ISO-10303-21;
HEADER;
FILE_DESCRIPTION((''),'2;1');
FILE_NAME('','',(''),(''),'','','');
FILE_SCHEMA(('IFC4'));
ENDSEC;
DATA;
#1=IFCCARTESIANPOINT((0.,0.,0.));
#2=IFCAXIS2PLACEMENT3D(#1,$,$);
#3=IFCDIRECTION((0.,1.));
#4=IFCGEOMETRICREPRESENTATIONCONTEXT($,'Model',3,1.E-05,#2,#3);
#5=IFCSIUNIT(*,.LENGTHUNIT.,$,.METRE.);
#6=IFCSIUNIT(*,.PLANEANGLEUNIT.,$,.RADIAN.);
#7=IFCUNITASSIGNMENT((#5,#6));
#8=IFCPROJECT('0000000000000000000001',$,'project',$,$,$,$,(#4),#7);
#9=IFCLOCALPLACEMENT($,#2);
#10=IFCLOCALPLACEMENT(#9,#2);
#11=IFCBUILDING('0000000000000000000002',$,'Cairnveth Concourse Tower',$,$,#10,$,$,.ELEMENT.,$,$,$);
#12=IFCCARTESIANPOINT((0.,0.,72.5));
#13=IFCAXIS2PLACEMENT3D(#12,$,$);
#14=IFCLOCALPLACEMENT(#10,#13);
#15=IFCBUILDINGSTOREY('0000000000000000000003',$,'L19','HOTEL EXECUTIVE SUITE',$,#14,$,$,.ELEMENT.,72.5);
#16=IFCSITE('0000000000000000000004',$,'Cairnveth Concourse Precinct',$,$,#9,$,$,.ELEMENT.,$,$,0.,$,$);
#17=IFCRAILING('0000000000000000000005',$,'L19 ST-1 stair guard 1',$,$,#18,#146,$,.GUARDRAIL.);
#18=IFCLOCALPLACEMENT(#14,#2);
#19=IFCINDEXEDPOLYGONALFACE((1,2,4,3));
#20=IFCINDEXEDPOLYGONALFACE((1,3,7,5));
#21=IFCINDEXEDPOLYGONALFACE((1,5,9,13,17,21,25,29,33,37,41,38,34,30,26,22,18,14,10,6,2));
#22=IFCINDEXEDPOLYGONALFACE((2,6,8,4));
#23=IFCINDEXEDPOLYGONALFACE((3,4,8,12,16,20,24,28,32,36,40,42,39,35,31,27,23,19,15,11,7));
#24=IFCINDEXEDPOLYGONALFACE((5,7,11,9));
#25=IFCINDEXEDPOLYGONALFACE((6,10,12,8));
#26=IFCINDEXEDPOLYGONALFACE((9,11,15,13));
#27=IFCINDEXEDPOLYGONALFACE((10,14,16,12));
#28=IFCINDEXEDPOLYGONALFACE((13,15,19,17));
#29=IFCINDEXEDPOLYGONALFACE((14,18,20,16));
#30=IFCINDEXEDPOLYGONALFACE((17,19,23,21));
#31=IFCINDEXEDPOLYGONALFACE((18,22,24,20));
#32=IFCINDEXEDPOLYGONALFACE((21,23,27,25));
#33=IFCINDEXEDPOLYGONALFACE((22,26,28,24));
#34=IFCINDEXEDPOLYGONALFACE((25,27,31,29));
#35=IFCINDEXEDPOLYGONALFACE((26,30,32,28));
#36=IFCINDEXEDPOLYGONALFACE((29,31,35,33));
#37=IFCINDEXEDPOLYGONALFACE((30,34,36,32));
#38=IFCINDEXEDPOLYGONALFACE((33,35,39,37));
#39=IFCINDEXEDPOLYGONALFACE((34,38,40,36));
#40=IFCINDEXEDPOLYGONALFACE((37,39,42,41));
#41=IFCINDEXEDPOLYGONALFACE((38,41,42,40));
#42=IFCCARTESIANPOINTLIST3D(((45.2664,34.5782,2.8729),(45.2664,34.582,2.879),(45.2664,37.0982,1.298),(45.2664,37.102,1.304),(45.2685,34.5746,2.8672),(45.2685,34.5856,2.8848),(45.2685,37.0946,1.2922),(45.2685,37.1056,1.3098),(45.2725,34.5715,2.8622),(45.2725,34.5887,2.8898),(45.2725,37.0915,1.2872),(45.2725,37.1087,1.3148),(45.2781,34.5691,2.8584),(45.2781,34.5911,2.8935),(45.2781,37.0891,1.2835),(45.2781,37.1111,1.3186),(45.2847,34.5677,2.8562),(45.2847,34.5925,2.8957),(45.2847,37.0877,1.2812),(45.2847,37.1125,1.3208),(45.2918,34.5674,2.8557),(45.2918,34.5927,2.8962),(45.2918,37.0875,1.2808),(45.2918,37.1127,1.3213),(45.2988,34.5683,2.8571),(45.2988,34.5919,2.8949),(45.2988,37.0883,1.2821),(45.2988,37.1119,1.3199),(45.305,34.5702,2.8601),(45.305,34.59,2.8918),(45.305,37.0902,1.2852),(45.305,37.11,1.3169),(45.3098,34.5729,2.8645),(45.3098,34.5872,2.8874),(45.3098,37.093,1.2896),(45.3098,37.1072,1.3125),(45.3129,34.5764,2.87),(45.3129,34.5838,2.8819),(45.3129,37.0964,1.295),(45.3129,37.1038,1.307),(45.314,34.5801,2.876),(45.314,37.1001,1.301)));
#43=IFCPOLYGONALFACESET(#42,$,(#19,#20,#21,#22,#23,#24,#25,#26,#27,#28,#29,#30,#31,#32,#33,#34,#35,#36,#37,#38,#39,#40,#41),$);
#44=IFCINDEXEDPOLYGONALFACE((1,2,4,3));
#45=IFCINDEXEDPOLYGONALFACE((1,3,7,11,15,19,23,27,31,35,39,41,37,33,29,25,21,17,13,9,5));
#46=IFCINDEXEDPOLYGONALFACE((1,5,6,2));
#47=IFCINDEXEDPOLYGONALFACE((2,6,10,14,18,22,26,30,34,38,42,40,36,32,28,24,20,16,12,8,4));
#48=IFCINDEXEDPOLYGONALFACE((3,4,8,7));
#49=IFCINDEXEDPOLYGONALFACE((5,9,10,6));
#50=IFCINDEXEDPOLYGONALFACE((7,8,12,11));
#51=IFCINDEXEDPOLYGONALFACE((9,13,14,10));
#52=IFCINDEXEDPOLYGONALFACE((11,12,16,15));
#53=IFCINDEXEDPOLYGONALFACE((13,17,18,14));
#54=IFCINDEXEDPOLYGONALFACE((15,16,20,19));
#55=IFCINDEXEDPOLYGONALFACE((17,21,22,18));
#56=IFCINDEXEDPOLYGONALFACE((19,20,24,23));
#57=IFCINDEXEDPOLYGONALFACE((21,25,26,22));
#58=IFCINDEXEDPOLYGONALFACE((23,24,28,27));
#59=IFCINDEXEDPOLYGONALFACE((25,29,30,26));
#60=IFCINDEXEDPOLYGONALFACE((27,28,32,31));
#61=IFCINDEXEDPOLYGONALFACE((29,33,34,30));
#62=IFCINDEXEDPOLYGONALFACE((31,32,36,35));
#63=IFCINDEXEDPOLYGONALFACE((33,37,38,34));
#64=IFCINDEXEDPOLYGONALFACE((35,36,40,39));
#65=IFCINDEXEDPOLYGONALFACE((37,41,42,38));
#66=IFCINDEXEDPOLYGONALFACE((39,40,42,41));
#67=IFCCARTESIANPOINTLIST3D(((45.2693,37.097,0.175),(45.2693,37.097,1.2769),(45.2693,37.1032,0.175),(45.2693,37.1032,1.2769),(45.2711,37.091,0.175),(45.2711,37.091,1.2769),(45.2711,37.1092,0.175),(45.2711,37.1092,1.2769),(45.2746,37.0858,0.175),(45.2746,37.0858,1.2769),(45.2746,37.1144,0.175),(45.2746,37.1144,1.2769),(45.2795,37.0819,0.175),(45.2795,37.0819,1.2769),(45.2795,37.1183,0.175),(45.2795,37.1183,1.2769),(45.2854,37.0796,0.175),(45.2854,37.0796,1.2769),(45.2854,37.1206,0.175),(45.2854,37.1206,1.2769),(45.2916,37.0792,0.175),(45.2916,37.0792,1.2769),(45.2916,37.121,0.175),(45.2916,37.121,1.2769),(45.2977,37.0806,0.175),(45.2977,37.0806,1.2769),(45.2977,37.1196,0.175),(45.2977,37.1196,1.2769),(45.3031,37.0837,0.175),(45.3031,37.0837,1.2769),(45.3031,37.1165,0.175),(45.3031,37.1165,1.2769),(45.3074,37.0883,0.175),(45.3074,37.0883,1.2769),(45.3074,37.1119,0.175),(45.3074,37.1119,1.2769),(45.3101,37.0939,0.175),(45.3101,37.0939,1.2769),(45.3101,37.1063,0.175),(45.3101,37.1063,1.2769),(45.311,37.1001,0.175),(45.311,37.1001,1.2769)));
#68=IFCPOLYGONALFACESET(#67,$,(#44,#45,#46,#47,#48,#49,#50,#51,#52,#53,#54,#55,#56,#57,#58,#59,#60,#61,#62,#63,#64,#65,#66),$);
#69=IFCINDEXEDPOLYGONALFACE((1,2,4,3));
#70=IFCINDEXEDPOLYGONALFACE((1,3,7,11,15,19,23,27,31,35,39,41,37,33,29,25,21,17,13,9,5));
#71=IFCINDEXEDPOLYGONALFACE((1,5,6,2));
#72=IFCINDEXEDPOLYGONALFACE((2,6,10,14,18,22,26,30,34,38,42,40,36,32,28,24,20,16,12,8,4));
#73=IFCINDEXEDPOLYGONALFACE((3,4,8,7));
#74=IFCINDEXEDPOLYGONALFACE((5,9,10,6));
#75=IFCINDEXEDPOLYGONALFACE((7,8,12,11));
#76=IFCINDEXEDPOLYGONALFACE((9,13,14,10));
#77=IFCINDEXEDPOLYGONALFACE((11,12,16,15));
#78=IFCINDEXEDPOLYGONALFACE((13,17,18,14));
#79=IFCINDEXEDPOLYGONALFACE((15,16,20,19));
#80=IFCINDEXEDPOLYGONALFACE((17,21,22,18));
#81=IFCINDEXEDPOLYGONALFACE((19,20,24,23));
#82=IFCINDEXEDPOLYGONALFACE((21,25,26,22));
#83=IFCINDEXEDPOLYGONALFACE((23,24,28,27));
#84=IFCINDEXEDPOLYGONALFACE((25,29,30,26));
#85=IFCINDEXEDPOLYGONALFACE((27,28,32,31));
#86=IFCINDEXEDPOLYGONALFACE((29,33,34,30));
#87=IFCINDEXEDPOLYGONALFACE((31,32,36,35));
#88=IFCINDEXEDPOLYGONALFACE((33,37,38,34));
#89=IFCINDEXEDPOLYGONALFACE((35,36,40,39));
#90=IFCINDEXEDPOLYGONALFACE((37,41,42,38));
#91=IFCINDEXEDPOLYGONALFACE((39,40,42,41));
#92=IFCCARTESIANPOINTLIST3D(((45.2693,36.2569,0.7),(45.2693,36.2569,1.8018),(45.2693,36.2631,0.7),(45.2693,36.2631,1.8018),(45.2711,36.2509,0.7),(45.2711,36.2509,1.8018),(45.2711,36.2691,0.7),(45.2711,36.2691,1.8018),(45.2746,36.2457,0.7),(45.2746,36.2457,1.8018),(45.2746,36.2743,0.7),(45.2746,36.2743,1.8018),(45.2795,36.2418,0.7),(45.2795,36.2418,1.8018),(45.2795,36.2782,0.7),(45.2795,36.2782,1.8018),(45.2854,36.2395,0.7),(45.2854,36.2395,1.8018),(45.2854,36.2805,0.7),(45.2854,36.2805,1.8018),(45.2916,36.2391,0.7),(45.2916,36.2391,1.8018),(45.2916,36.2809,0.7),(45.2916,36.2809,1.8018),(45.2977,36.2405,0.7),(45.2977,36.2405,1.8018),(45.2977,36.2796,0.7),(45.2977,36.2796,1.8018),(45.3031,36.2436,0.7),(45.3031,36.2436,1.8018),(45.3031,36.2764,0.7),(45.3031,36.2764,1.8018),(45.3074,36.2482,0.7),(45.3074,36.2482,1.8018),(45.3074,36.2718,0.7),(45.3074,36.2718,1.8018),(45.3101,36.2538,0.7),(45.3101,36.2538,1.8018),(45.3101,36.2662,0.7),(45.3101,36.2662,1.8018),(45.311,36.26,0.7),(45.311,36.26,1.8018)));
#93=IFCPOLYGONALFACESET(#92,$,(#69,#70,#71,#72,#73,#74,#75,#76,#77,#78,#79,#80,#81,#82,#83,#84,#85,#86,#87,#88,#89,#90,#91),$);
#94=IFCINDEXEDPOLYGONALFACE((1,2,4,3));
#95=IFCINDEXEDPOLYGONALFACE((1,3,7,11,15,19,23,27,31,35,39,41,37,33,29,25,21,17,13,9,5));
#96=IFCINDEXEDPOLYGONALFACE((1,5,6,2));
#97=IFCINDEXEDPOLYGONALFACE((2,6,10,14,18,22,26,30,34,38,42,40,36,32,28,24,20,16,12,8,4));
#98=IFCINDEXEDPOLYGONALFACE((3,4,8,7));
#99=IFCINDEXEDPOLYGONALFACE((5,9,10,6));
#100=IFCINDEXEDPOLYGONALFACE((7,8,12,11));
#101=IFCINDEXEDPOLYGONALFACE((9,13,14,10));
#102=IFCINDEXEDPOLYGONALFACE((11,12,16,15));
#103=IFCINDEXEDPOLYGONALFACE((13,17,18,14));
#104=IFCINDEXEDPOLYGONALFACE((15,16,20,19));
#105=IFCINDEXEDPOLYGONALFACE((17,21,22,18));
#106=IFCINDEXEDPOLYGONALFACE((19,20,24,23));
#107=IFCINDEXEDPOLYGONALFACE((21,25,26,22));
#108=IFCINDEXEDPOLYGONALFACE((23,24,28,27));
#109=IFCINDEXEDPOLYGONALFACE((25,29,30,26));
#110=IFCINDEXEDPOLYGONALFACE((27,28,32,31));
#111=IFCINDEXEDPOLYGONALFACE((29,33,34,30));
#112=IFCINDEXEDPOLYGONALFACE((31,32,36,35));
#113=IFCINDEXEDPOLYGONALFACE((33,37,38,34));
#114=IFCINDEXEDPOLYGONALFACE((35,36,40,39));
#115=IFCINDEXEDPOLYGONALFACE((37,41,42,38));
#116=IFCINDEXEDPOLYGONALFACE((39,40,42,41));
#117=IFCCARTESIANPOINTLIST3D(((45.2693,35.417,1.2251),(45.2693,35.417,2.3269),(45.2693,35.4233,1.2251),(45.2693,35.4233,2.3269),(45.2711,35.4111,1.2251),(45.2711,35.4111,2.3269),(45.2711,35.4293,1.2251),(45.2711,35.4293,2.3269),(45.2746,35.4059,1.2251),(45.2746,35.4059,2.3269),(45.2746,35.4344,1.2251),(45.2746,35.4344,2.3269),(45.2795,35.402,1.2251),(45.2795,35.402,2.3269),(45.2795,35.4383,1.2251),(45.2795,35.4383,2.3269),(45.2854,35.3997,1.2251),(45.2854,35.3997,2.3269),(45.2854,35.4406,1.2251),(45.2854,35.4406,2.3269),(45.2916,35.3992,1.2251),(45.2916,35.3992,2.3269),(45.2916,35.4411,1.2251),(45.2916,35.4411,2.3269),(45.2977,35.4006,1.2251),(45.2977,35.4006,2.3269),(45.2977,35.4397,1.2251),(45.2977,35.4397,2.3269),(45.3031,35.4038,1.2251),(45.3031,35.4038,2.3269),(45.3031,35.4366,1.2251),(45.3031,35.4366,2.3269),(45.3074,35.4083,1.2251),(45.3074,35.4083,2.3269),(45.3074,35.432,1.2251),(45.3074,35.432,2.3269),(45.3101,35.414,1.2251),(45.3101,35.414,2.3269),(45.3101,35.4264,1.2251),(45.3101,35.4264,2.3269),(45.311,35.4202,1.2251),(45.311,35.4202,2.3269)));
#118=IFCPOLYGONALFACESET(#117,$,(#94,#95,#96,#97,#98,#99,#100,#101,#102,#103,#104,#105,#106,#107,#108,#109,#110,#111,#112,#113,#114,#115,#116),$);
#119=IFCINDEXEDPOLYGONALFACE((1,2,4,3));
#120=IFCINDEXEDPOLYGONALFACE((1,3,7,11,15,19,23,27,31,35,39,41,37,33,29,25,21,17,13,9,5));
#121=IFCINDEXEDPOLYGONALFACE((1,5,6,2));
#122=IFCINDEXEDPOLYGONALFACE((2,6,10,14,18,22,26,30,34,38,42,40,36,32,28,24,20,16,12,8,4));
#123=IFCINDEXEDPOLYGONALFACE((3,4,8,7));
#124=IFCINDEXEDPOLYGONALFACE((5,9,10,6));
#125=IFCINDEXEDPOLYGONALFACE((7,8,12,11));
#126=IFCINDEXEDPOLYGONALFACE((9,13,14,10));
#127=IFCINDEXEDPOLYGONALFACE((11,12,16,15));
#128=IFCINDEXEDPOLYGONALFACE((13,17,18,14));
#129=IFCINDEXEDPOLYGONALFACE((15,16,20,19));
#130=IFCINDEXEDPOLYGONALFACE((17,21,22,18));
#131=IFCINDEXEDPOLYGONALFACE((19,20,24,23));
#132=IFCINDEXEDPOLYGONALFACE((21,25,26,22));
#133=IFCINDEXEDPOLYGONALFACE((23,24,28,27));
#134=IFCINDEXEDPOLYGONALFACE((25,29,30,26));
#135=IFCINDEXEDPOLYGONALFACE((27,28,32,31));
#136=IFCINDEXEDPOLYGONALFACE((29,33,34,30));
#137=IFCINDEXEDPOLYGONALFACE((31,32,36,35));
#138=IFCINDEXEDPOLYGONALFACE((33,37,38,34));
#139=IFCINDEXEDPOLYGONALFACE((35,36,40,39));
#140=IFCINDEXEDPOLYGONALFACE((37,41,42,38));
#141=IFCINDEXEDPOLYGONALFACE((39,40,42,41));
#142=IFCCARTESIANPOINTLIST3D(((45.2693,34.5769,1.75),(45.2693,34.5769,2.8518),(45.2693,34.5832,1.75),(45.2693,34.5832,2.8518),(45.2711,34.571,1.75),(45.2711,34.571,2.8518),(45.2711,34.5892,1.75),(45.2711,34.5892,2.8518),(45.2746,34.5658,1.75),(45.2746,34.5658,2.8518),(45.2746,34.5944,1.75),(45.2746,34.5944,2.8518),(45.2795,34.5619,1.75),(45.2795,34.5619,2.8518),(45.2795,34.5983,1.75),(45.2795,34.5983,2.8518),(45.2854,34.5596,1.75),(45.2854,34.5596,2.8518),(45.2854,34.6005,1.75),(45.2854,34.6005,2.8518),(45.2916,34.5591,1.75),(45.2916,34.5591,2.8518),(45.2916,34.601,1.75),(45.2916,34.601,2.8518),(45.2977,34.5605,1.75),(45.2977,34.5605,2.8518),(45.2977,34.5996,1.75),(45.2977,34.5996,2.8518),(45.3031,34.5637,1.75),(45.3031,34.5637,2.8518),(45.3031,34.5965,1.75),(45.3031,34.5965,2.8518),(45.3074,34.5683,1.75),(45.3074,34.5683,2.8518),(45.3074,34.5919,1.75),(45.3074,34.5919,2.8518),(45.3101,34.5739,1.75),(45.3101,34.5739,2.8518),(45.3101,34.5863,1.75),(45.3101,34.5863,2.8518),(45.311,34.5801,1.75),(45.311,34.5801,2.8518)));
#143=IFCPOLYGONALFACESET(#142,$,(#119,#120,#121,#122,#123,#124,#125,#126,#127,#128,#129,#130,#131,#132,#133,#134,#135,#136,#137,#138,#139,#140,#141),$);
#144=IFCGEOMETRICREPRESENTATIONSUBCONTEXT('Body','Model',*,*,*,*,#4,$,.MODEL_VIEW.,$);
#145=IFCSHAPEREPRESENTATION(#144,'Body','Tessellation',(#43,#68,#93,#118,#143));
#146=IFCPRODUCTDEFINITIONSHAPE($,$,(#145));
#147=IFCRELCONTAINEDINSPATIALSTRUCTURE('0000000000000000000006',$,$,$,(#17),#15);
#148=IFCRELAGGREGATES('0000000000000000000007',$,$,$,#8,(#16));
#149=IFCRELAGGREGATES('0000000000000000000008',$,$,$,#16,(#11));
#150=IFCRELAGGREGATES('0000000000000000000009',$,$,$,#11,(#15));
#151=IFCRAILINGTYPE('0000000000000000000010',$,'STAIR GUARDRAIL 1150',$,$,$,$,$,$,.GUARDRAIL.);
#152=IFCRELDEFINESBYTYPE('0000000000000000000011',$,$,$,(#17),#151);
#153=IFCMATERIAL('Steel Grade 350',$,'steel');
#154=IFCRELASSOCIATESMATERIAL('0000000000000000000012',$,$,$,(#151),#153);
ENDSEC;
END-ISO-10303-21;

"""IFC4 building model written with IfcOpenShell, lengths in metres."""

from ifc_helpers import new_model, si_unit, direction, frame, origin, origin_2d, place, context, subcontext, project, spatial, circle, extrude, material, type_object, element, save


model = new_model("IFC4")

# Units and contexts
model_context = context("Model", 3, precision=1e-05, world=origin(), true_north=direction((0.0, 1.0)))
body_context = subcontext(model_context, "Body", "Model", "MODEL_VIEW")
ifc_project = project(units=[si_unit("LENGTHUNIT", "METRE"), si_unit("PLANEANGLEUNIT", "RADIAN")], contexts=[model_context])

# Site, building, storey
site_placement = place(None, origin())
site = spatial("IfcSite", under=ifc_project, at=site_placement, Name="Cairnveth Concourse Precinct", CompositionType="ELEMENT", RefElevation=0.0)
building_placement = place(site_placement, origin())
building = spatial("IfcBuilding", under=site, at=building_placement, Name="Cairnveth Concourse Tower", CompositionType="ELEMENT")
storey_placement = place(building_placement, frame((0.0, 0.0, 72.5)))
storey = spatial("IfcBuildingStorey", under=building, at=storey_placement, Name="L19", Description="HOTEL EXECUTIVE SUITE", CompositionType="ELEMENT", Elevation=72.5)

# Shared definitions
ifc_material_1 = material(Name="Steel Grade 350", Category="steel")

# Railing
railing_type = type_object("IfcRailingType", Name="STAIR GUARDRAIL 1150", PredefinedType="GUARDRAIL", material=ifc_material_1)
railing_1_placement = place(storey_placement, frame((45.29, 37.1001, 0.175)))
element("IfcRailing", 1, at=railing_1_placement, inside=storey, type_object=railing_type, Name="L19 ST-1 stair guard 1", PredefinedType="GUARDRAIL", context=body_context, shape_type="SweptSolid", body=[
    extrude(circle(Radius=0.0239, at=origin_2d()), frame((0.0, 0.0, 1.126), z_axis=(0.0, -0.848008, 0.529984), x_axis=(1.0, 0.0, 0.0)), (0.0, 0.0, 1.0), 2.9717),
    extrude(circle(Radius=0.021, at=origin_2d()), origin(), (0.0, 0.0, 1.0), 1.1018),
    extrude(circle(Radius=0.021, at=origin_2d()), frame((0.0, -0.8401, 0.5249)), (0.0, 0.0, 1.0), 1.1018),
    extrude(circle(Radius=0.021, at=origin_2d()), frame((0.0, -1.6799, 1.05)), (0.0, 0.0, 1.0), 1.1018),
    extrude(circle(Radius=0.021, at=origin_2d()), frame((0.0, -2.52, 1.575)), (0.0, 0.0, 1.0), 1.1018),
])

save(model, "model.ifc")
